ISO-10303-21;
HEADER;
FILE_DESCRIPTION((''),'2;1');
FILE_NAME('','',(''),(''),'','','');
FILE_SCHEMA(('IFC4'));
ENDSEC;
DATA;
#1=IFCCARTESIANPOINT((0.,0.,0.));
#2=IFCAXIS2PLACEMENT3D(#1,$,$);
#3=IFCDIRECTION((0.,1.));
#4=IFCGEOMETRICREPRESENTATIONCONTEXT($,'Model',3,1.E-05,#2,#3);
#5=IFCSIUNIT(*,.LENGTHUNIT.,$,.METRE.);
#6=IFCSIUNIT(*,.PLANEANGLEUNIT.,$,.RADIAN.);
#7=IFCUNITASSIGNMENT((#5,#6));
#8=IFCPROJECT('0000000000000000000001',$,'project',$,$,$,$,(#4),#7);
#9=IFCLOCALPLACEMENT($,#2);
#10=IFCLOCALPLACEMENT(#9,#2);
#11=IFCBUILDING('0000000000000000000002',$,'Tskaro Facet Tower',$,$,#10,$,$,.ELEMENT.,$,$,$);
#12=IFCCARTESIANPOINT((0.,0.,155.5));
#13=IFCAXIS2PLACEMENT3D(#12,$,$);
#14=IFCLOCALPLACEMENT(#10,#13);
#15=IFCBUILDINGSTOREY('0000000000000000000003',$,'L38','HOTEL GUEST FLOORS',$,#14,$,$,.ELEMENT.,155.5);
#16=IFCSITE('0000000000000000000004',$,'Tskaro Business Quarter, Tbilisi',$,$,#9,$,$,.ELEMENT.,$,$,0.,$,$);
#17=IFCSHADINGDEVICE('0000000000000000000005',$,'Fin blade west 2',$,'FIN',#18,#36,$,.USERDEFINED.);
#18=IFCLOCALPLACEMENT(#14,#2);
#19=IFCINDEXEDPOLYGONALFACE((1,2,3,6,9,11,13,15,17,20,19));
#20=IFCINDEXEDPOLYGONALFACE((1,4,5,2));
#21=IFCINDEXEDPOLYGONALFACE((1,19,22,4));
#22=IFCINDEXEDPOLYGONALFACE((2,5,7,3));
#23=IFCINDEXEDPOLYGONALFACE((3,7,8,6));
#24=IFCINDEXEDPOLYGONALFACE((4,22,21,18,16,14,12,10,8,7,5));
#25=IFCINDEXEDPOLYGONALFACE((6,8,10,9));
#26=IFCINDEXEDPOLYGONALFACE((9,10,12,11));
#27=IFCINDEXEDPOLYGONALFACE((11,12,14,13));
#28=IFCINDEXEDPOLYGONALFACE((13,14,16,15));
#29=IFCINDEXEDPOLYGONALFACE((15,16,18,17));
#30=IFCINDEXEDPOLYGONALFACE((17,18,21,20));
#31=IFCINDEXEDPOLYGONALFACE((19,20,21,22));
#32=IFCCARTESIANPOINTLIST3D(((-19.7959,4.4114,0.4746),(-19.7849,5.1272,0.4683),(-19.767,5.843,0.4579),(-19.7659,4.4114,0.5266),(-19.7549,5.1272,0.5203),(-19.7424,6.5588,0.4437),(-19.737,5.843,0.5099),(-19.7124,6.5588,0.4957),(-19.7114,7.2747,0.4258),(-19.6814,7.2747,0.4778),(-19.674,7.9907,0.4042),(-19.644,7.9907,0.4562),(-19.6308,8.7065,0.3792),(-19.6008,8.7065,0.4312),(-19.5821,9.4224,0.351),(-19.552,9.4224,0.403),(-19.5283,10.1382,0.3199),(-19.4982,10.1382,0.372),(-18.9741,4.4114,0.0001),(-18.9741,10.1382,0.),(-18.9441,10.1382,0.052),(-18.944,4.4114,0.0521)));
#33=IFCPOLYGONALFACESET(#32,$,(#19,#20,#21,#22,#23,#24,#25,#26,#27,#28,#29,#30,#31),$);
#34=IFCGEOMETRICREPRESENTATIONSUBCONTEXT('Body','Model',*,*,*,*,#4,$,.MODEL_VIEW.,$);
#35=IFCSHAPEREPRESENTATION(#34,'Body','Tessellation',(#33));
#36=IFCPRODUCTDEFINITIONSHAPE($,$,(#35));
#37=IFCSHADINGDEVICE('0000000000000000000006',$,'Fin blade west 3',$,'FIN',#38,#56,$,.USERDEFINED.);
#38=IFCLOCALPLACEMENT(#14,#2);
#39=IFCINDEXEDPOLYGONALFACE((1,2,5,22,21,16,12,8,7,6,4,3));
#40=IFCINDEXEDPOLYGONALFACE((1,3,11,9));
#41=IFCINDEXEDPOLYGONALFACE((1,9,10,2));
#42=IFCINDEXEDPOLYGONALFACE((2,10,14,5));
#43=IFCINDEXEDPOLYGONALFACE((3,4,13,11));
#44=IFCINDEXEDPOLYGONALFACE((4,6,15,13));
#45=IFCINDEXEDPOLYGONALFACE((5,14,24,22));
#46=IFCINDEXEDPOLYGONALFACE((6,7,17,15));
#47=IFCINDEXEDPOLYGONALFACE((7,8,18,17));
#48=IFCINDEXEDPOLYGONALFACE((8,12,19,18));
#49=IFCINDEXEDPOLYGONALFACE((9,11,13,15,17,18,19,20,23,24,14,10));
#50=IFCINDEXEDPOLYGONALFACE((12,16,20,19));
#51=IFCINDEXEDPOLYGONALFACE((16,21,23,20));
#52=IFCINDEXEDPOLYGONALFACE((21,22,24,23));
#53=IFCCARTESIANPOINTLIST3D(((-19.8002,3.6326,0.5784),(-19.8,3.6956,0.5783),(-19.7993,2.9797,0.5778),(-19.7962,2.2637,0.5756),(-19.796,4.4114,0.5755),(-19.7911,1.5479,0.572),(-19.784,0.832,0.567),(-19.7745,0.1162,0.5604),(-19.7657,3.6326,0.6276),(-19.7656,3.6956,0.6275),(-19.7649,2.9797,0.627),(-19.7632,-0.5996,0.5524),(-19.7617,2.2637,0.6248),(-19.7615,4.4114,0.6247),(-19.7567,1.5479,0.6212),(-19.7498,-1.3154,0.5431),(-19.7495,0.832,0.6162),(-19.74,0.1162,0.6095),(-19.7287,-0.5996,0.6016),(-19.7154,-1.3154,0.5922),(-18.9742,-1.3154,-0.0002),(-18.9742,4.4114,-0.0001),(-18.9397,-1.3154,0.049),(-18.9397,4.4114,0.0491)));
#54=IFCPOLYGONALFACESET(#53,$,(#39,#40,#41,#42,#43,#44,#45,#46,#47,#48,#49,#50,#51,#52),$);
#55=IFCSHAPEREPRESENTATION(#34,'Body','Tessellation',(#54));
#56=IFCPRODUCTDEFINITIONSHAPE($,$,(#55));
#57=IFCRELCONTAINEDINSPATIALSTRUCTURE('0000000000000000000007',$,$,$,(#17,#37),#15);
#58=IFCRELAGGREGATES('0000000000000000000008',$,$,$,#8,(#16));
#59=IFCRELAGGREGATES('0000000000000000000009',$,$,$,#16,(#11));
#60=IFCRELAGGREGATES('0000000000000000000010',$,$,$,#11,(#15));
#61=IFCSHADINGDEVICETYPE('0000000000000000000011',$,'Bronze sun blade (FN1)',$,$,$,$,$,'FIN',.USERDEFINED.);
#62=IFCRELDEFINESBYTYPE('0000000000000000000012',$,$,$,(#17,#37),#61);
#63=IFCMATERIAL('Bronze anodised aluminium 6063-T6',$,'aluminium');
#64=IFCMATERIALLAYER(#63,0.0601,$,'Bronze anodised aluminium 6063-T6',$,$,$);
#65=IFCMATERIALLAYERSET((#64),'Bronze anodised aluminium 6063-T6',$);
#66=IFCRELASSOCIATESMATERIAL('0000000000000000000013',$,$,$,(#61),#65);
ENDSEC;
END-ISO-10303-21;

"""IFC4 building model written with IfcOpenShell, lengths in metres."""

from ifc_helpers import new_model, si_unit, direction, frame, origin, place, context, subcontext, project, spatial, polyline, outline, extrude, material, layer, layer_set, type_object, element, save


model = new_model("IFC4")

# Units and contexts
model_context = context("Model", 3, precision=1e-05, world=origin(), true_north=direction((0.0, 1.0)))
body_context = subcontext(model_context, "Body", "Model", "MODEL_VIEW")
ifc_project = project(units=[si_unit("LENGTHUNIT", "METRE"), si_unit("PLANEANGLEUNIT", "RADIAN")], contexts=[model_context])

# Site, building, storey
site_placement = place(None, origin())
site = spatial("IfcSite", under=ifc_project, at=site_placement, Name="Tskaro Business Quarter, Tbilisi", CompositionType="ELEMENT", RefElevation=0.0)
building_placement = place(site_placement, origin())
building = spatial("IfcBuilding", under=site, at=building_placement, Name="Tskaro Facet Tower", CompositionType="ELEMENT")
storey_placement = place(building_placement, frame((0.0, 0.0, 155.5)))
storey = spatial("IfcBuildingStorey", under=building, at=storey_placement, Name="L38", Description="HOTEL GUEST FLOORS", CompositionType="ELEMENT", Elevation=155.5)

# Shared definitions
ifc_material_1 = material(Name="Bronze anodised aluminium 6063-T6", Category="aluminium")

# Shading devices
ifc_layer_1 = layer(ifc_material_1, 0.0601, Name="Bronze anodised aluminium 6063-T6")
ifc_layer_set_1 = layer_set([ifc_layer_1], Name="Bronze anodised aluminium 6063-T6")
shading_device_type = type_object("IfcShadingDeviceType", Name="Bronze sun blade (FN1)", ElementType="FIN", PredefinedType="USERDEFINED", material=ifc_layer_set_1)
shading_device_1_placement = place(storey_placement, frame((-18.9441, 10.1382, 0.052), z_axis=(0.500026, 0.000021, 0.86601), x_axis=(0.000011, -1.0, 0.000018)))
element("IfcShadingDevice", 1, at=shading_device_1_placement, inside=storey, type_object=shading_device_type, Name="Fin blade west 2", ObjectType="FIN", PredefinedType="USERDEFINED", context=body_context, shape_type="SweptSolid", body=[
    extrude(outline(polyline([(0.0, 0.0), (5.7268, 0.0), (5.7268, -0.949), (5.011, -0.9363), (4.2952, -0.9156), (3.5793, -0.8872), (2.8635, -0.8514), (2.1475, -0.8082), (1.4316, -0.7583), (0.7158, -0.702), (0.0, -0.6399), (0.0, 0.0)])), origin(), (0.0, 0.0, -1.0), 0.0601),
])
shading_device_2_placement = place(storey_placement, frame((-18.9397, 4.4114, 0.0491), z_axis=(0.573666, -0.000011, 0.819089), x_axis=(-0.000006, -1.0, -0.000009)))
element("IfcShadingDevice", 2, at=shading_device_2_placement, inside=storey, type_object=shading_device_type, Name="Fin blade west 3", ObjectType="FIN", PredefinedType="USERDEFINED", context=body_context, shape_type="SweptSolid", body=[
    extrude(outline(polyline([(0.0, 0.0), (5.7268, 0.0), (5.7268, -0.9469), (5.011, -0.9633), (4.2952, -0.9771), (3.5793, -0.9887), (2.8635, -0.9974), (2.1477, -1.0036), (1.4316, -1.0074), (0.7788, -1.0084), (0.7158, -1.0083), (0.0, -1.0034), (0.0, 0.0)])), origin(), (0.0, 0.0, -1.0), 0.0601),
])

save(model, "model.ifc")
